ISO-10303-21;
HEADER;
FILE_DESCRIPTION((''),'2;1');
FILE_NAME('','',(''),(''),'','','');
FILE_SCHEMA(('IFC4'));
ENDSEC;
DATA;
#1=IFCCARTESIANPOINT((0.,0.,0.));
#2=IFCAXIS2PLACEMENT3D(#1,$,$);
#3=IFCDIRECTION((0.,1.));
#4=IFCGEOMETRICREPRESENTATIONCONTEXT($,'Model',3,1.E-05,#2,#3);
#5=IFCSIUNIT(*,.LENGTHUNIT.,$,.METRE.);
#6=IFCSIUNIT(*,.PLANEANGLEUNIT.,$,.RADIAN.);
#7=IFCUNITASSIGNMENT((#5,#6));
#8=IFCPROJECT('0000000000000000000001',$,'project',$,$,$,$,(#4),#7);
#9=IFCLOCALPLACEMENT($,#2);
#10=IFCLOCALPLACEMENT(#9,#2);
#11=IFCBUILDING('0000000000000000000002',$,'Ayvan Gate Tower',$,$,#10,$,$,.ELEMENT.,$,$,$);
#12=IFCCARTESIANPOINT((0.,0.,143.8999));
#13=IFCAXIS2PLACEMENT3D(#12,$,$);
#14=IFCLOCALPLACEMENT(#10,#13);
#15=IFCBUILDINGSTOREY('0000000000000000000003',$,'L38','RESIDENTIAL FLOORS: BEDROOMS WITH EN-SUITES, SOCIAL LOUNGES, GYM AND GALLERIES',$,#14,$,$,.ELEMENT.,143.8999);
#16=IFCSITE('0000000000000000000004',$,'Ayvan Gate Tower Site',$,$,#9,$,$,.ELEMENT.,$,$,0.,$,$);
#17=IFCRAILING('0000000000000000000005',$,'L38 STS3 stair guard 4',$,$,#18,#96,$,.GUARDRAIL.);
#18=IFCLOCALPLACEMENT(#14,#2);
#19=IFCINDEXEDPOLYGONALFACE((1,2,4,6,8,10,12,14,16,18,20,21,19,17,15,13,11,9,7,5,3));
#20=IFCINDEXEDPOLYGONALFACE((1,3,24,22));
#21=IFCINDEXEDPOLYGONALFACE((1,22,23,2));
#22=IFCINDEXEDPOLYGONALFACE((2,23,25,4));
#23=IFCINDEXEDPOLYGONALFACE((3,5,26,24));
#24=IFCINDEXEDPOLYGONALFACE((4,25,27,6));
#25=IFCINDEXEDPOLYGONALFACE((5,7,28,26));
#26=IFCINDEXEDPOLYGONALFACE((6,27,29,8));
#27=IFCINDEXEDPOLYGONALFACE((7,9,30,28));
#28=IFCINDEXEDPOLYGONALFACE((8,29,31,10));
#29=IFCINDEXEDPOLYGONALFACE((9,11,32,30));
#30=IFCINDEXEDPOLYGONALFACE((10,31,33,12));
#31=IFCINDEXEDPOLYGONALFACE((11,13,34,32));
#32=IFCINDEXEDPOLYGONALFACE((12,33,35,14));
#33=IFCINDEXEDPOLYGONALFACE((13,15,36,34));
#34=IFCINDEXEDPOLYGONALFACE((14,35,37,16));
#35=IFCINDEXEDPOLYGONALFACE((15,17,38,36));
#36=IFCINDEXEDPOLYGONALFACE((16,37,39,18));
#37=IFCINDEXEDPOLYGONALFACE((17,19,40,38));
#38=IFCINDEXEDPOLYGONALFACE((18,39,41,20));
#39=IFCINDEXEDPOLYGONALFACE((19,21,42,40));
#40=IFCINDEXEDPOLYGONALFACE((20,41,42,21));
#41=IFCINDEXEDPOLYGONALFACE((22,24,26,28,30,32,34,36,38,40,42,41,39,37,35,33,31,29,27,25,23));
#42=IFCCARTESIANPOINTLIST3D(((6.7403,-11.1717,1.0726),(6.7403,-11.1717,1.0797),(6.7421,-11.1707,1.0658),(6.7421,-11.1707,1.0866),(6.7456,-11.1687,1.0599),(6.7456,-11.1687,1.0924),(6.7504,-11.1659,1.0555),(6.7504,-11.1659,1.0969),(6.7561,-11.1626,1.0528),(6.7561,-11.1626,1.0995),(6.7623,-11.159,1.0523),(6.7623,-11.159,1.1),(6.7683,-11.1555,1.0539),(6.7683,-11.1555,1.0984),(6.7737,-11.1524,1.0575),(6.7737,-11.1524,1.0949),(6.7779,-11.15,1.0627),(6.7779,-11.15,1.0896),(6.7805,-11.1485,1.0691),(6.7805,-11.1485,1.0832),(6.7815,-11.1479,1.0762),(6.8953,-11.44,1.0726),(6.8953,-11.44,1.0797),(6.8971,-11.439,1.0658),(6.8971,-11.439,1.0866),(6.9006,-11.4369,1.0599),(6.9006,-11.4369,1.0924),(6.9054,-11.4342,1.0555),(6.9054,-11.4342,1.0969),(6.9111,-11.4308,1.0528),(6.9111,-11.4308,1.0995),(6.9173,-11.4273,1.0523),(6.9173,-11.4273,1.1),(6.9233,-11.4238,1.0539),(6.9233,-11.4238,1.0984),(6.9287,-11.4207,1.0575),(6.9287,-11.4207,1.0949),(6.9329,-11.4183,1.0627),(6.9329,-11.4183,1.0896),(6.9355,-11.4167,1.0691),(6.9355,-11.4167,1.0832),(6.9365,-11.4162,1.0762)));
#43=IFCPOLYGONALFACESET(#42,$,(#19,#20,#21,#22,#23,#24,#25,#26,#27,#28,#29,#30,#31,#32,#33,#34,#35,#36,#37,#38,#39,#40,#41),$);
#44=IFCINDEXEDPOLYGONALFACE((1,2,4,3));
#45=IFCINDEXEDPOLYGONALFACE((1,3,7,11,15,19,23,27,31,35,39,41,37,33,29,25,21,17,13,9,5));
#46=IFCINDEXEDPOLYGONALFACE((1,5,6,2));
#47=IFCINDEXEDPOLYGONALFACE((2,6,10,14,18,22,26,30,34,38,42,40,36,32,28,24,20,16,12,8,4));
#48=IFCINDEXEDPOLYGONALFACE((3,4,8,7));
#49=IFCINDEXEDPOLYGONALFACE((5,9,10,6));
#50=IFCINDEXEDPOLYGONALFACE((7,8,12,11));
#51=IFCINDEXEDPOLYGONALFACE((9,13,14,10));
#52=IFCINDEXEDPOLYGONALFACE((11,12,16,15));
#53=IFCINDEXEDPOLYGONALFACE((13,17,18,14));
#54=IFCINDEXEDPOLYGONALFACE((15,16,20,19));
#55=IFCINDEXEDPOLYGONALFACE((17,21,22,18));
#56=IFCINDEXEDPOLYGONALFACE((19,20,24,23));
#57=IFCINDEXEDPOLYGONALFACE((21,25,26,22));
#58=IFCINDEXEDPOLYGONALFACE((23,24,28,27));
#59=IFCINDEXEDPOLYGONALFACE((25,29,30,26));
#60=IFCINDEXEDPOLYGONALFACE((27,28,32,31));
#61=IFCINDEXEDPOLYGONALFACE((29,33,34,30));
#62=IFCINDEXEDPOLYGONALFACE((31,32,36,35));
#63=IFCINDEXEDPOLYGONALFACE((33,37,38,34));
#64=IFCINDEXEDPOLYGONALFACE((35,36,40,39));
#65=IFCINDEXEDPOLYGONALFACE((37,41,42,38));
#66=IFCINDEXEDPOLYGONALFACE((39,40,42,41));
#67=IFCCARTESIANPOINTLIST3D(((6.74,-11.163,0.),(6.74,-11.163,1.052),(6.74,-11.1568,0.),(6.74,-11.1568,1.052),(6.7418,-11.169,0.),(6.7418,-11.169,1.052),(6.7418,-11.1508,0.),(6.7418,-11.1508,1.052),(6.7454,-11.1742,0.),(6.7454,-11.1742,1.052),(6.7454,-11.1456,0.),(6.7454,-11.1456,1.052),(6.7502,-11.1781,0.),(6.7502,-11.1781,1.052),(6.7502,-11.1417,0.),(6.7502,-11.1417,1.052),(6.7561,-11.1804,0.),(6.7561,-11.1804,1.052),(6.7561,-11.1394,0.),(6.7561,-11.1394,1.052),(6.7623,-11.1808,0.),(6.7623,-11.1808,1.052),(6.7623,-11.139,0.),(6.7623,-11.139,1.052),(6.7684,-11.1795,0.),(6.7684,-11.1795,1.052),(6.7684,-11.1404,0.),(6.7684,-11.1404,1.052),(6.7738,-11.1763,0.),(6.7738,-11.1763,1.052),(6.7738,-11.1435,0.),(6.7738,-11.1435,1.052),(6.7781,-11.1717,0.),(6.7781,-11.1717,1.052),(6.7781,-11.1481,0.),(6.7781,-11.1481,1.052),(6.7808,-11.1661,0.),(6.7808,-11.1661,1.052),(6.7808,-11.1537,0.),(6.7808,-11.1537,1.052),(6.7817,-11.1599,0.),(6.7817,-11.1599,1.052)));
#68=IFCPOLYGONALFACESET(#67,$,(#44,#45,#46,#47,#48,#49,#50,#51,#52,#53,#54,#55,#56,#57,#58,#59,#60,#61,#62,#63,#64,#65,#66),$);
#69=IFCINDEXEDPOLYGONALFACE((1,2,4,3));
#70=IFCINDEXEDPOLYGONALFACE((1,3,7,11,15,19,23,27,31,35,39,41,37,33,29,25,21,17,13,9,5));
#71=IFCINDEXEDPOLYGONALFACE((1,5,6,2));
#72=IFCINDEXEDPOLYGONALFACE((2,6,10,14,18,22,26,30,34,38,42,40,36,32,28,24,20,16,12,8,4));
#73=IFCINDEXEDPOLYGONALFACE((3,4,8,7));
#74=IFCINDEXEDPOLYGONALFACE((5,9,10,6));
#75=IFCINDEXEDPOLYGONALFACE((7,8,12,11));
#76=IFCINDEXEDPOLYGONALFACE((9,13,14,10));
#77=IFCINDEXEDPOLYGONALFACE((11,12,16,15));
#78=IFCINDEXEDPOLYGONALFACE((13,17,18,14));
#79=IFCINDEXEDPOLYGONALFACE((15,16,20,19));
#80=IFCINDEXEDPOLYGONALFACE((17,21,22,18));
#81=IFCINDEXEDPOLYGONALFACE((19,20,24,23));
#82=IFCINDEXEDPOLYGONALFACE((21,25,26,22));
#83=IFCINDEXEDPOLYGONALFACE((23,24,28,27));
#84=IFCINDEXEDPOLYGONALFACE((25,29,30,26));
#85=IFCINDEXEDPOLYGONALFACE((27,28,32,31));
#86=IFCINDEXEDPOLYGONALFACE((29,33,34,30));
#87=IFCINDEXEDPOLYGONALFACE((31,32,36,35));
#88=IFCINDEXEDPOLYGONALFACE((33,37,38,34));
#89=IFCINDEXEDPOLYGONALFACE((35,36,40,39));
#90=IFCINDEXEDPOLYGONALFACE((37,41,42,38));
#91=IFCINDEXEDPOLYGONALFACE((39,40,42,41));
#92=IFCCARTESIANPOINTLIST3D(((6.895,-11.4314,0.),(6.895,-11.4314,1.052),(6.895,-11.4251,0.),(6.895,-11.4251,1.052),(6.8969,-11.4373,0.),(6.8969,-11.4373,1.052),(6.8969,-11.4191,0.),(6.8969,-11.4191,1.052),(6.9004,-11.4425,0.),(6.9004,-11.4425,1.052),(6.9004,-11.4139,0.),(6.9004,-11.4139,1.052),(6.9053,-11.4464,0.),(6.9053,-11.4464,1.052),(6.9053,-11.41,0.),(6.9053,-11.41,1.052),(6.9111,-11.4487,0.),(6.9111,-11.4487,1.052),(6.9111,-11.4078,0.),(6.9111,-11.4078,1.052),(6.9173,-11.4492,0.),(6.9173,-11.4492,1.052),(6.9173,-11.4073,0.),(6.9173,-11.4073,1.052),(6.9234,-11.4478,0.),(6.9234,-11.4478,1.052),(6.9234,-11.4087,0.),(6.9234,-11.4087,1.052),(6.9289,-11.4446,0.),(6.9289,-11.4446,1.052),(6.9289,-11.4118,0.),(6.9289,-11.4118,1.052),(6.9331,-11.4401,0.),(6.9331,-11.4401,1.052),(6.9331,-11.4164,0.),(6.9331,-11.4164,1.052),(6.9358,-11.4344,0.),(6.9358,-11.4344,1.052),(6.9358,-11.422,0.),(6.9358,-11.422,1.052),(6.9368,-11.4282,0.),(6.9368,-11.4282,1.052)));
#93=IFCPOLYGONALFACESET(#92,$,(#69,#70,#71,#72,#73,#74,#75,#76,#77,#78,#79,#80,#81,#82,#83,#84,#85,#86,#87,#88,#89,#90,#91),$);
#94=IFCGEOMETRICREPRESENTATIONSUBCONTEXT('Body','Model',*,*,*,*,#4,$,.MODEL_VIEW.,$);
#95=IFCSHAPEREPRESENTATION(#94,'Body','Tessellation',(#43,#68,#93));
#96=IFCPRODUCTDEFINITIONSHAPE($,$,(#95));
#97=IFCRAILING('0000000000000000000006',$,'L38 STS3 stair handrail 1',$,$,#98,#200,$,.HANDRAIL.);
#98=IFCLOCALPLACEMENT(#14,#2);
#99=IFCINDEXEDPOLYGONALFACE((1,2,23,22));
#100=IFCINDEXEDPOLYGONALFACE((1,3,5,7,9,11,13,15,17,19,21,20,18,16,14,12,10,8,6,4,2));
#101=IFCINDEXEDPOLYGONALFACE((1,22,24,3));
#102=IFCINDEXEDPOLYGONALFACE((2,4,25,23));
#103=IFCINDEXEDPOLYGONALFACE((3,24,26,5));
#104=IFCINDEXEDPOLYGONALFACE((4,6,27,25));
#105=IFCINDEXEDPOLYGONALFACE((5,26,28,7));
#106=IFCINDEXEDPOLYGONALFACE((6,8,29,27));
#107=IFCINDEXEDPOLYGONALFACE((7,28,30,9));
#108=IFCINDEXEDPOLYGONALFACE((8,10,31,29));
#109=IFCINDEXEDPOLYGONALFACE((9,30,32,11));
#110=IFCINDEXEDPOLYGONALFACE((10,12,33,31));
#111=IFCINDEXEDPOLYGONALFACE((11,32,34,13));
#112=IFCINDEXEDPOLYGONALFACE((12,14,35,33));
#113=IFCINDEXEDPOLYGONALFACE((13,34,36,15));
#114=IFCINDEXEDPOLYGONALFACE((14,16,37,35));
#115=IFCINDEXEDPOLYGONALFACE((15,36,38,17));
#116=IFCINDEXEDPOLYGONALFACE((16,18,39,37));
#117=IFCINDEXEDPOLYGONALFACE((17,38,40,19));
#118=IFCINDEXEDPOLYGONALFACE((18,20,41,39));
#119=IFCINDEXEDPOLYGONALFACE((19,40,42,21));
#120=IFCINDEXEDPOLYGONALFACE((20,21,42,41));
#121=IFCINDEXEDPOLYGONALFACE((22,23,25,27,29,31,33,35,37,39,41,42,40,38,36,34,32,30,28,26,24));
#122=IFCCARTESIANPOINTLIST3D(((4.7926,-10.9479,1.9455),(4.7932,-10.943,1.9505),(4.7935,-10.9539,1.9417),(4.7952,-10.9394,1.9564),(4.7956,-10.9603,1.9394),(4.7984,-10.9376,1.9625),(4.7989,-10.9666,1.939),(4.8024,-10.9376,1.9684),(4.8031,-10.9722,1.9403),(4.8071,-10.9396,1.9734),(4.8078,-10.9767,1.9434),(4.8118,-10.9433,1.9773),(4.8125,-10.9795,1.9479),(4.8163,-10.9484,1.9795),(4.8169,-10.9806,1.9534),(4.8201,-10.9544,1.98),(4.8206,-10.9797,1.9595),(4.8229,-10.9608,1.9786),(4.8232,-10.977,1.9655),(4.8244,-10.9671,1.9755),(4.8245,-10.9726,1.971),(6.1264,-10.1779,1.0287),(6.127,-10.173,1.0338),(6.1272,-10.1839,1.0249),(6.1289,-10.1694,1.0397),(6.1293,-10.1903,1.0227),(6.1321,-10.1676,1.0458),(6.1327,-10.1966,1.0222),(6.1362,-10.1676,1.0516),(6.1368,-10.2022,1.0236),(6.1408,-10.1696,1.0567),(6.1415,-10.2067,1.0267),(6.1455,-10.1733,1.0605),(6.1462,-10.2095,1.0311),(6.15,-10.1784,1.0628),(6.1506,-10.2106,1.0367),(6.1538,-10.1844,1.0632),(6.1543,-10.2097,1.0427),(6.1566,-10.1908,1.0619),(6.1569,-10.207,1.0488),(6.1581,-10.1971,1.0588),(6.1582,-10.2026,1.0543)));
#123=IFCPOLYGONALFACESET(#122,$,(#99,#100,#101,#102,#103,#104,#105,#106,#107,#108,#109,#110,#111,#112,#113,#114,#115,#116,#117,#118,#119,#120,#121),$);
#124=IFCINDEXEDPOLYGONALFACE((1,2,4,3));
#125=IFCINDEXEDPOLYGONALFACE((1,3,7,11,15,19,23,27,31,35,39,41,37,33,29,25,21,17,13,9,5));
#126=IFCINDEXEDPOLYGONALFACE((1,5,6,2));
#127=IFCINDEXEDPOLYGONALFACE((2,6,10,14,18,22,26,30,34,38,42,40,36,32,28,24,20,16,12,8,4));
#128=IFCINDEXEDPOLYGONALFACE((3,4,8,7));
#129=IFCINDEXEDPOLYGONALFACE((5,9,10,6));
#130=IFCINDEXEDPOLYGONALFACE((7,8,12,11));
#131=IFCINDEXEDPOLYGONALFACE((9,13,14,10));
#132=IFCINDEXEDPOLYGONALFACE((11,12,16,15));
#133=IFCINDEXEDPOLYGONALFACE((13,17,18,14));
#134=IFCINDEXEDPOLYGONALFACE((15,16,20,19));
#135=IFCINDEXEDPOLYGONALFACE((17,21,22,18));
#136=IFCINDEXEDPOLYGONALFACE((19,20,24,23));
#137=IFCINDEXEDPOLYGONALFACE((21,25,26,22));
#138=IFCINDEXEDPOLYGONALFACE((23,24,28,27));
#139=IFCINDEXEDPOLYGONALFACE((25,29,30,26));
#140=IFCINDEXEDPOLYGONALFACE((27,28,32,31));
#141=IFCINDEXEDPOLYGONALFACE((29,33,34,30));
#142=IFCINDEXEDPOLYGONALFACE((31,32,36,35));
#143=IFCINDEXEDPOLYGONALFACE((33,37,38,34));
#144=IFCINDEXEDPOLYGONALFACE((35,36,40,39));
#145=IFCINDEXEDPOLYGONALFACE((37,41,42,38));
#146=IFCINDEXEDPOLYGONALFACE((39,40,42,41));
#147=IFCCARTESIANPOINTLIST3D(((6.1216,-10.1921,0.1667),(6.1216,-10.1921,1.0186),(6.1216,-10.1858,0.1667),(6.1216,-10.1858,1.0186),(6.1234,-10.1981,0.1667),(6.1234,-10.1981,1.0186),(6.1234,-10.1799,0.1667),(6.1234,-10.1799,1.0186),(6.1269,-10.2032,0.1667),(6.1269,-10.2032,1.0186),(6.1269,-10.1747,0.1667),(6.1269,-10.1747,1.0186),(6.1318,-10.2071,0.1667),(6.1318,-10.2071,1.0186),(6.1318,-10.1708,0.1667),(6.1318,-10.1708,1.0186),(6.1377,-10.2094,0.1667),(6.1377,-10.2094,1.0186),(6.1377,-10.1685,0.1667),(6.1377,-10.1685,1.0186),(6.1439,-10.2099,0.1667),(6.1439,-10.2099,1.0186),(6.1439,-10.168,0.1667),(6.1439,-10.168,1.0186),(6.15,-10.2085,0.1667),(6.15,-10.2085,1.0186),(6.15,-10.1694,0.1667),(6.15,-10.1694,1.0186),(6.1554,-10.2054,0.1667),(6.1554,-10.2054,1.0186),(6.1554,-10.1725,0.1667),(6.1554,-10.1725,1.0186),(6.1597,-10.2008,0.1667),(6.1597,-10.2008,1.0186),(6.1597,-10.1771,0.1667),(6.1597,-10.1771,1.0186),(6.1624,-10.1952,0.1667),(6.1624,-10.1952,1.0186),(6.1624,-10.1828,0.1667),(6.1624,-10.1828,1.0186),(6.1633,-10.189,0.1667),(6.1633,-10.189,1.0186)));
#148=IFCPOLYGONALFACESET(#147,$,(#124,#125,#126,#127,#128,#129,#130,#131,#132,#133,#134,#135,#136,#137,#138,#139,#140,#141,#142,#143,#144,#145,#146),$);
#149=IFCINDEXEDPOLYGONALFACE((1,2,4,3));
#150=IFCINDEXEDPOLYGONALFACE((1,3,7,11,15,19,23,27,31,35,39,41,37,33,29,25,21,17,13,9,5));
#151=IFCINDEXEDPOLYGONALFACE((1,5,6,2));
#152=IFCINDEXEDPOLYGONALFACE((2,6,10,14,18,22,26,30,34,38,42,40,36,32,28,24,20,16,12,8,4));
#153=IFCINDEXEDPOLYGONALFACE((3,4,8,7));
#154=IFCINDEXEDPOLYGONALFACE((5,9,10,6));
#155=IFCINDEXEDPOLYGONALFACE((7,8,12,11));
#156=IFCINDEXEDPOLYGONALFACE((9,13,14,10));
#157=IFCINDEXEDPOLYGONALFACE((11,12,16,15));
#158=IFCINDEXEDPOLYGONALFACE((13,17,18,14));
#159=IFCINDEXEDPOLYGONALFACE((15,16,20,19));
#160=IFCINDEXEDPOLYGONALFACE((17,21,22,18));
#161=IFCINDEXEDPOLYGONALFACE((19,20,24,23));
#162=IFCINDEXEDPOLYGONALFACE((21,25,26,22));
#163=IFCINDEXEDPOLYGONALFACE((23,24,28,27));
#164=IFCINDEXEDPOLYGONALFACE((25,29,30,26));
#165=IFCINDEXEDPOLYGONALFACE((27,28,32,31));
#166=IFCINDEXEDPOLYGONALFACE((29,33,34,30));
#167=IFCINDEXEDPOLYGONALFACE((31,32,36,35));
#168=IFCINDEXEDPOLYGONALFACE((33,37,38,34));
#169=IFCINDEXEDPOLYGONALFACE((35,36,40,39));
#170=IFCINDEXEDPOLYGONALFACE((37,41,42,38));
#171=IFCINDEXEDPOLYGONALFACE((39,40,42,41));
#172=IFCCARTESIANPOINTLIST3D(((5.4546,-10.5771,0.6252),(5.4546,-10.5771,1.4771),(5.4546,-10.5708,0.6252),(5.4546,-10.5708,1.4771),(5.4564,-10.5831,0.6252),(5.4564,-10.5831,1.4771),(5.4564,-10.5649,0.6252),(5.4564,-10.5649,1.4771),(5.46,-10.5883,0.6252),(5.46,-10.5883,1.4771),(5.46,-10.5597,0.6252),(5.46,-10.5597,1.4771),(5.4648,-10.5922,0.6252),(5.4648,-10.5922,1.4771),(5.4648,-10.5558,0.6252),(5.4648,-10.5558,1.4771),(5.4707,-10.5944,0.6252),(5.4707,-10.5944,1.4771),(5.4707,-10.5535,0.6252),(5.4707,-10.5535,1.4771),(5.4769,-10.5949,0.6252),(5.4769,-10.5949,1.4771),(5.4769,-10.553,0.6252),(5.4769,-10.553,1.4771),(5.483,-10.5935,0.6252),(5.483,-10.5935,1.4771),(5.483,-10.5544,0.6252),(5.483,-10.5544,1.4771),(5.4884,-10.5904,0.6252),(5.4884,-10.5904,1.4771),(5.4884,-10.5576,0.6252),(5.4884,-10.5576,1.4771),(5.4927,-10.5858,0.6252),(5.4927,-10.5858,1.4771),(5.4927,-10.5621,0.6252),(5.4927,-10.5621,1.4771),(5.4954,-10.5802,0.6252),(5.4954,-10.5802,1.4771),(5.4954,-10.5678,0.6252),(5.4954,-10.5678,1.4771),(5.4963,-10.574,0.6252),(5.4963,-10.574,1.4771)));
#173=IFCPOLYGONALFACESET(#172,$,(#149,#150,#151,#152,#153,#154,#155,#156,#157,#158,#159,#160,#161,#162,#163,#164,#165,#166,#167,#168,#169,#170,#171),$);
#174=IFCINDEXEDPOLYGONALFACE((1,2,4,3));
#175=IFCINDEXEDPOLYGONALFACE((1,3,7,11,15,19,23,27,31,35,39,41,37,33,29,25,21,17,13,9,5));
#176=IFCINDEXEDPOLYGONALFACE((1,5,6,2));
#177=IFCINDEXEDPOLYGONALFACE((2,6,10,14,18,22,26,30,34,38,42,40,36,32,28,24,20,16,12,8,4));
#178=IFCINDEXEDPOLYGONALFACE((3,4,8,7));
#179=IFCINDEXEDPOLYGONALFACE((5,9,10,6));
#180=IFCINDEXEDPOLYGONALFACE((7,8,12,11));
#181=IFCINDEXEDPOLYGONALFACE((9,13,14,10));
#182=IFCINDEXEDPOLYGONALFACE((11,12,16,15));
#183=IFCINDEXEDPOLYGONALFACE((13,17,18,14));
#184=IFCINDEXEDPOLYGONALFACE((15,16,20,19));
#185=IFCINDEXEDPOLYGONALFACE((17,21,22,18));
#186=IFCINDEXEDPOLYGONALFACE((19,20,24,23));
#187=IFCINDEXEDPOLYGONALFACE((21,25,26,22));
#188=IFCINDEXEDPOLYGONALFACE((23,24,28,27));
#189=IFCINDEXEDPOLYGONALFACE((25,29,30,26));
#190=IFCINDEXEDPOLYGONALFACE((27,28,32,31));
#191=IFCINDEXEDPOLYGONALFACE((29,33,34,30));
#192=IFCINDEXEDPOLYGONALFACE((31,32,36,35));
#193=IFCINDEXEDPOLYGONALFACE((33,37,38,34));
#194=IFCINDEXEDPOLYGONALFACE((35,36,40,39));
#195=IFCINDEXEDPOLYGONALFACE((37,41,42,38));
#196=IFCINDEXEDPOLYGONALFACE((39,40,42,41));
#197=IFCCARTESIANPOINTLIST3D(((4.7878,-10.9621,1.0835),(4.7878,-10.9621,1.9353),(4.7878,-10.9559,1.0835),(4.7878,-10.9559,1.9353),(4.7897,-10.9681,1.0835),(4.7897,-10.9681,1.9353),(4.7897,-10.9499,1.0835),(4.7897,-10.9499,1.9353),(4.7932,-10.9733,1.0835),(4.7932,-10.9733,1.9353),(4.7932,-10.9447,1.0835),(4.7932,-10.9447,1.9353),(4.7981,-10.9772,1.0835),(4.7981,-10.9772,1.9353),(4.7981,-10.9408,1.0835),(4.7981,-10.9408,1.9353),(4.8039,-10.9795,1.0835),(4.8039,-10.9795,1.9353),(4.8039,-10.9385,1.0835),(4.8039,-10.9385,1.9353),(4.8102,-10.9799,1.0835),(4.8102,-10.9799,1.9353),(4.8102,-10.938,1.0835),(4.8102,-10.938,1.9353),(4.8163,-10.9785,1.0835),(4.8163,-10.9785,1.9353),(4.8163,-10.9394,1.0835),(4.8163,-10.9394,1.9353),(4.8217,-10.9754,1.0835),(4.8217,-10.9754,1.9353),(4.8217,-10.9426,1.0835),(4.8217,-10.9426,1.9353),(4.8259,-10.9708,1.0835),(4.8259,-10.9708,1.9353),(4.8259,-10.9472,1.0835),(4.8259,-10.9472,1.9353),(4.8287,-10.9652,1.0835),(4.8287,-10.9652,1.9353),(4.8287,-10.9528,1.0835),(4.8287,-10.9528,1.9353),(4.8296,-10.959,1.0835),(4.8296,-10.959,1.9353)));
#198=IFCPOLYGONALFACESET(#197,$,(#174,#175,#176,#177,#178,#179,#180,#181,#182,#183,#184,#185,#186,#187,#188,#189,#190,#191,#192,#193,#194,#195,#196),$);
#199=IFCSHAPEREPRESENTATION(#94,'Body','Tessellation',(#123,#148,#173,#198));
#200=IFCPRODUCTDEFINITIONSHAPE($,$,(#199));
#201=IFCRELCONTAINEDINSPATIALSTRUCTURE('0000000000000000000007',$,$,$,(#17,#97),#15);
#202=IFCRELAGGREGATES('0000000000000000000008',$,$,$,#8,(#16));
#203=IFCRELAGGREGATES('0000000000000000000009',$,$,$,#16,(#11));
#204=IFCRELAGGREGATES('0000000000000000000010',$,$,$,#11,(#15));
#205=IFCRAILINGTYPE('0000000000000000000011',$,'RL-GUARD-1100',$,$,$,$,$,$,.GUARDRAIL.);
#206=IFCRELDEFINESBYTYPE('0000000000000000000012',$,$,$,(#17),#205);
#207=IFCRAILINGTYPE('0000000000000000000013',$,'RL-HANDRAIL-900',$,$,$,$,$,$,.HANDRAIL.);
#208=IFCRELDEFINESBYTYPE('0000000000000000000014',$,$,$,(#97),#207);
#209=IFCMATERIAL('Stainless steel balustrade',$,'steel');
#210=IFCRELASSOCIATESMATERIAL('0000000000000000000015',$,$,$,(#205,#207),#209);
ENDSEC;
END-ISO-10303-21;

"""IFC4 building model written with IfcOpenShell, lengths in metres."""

from ifc_helpers import new_model, si_unit, direction, frame, origin, origin_2d, place, context, subcontext, project, spatial, circle, extrude, material, type_object, element, save


model = new_model("IFC4")

# Units and contexts
model_context = context("Model", 3, precision=1e-05, world=origin(), true_north=direction((0.0, 1.0)))
body_context = subcontext(model_context, "Body", "Model", "MODEL_VIEW")
ifc_project = project(units=[si_unit("LENGTHUNIT", "METRE"), si_unit("PLANEANGLEUNIT", "RADIAN")], contexts=[model_context])

# Site, building, storey
site_placement = place(None, origin())
site = spatial("IfcSite", under=ifc_project, at=site_placement, Name="Ayvan Gate Tower Site", CompositionType="ELEMENT", RefElevation=0.0)
building_placement = place(site_placement, origin())
building = spatial("IfcBuilding", under=site, at=building_placement, Name="Ayvan Gate Tower", CompositionType="ELEMENT")
storey_placement = place(building_placement, frame((0.0, 0.0, 143.8999)))
storey = spatial("IfcBuildingStorey", under=building, at=storey_placement, Name="L38", Description="RESIDENTIAL FLOORS: BEDROOMS WITH EN-SUITES, SOCIAL LOUNGES, GYM AND GALLERIES", CompositionType="ELEMENT", Elevation=143.8999)

# Railings
ifc_material_1 = material(Name="Stainless steel balustrade", Category="steel")
railing_type_1 = type_object("IfcRailingType", Name="RL-GUARD-1100", PredefinedType="GUARDRAIL", material=ifc_material_1)
railing_1_placement = place(storey_placement, frame((6.7607, -11.1599, 0.0)))
element("IfcRailing", 1, at=railing_1_placement, inside=storey, type_object=railing_type_1, Name="L38 STS3 stair guard 4", PredefinedType="GUARDRAIL", context=body_context, shape_type="SweptSolid", body=[
    extrude(circle(Radius=0.0239, at=origin_2d()), frame((0.0, 0.0, 1.0762), z_axis=(0.500291, -0.865857, 0.0), x_axis=(0.865857, 0.500291, 0.0)), (0.0, 0.0, 1.0), 0.3098),
    extrude(circle(Radius=0.021, at=origin_2d()), origin(), (0.0, 0.0, 1.0), 1.052),
    extrude(circle(Radius=0.021, at=origin_2d()), frame((0.155, -0.2683, 0.0)), (0.0, 0.0, 1.0), 1.052),
])
railing_type_2 = type_object("IfcRailingType", Name="RL-HANDRAIL-900", PredefinedType="HANDRAIL", material=ifc_material_1)
railing_2_placement = place(storey_placement, frame((6.1423, -10.189, 0.1667)))
element("IfcRailing", 2, at=railing_2_placement, inside=storey, type_object=railing_type_2, Name="L38 STS3 stair handrail 1", PredefinedType="HANDRAIL", context=body_context, shape_type="SweptSolid", body=[
    extrude(circle(Radius=0.0239, at=origin_2d()), frame((0.0, 0.0, 0.876), z_axis=(-0.744164, -0.429634, 0.511502), x_axis=(0.499992, -0.86603, 0.0)), (0.0, 0.0, 1.0), 1.7922),
    extrude(circle(Radius=0.021, at=origin_2d()), origin(), (0.0, 0.0, 1.0), 0.8518),
    extrude(circle(Radius=0.021, at=origin_2d()), frame((-0.667, -0.385, 0.4585)), (0.0, 0.0, 1.0), 0.8518),
    extrude(circle(Radius=0.021, at=origin_2d()), frame((-1.3337, -0.77, 0.9167)), (0.0, 0.0, 1.0), 0.8518),
])

save(model, "model.ifc")
